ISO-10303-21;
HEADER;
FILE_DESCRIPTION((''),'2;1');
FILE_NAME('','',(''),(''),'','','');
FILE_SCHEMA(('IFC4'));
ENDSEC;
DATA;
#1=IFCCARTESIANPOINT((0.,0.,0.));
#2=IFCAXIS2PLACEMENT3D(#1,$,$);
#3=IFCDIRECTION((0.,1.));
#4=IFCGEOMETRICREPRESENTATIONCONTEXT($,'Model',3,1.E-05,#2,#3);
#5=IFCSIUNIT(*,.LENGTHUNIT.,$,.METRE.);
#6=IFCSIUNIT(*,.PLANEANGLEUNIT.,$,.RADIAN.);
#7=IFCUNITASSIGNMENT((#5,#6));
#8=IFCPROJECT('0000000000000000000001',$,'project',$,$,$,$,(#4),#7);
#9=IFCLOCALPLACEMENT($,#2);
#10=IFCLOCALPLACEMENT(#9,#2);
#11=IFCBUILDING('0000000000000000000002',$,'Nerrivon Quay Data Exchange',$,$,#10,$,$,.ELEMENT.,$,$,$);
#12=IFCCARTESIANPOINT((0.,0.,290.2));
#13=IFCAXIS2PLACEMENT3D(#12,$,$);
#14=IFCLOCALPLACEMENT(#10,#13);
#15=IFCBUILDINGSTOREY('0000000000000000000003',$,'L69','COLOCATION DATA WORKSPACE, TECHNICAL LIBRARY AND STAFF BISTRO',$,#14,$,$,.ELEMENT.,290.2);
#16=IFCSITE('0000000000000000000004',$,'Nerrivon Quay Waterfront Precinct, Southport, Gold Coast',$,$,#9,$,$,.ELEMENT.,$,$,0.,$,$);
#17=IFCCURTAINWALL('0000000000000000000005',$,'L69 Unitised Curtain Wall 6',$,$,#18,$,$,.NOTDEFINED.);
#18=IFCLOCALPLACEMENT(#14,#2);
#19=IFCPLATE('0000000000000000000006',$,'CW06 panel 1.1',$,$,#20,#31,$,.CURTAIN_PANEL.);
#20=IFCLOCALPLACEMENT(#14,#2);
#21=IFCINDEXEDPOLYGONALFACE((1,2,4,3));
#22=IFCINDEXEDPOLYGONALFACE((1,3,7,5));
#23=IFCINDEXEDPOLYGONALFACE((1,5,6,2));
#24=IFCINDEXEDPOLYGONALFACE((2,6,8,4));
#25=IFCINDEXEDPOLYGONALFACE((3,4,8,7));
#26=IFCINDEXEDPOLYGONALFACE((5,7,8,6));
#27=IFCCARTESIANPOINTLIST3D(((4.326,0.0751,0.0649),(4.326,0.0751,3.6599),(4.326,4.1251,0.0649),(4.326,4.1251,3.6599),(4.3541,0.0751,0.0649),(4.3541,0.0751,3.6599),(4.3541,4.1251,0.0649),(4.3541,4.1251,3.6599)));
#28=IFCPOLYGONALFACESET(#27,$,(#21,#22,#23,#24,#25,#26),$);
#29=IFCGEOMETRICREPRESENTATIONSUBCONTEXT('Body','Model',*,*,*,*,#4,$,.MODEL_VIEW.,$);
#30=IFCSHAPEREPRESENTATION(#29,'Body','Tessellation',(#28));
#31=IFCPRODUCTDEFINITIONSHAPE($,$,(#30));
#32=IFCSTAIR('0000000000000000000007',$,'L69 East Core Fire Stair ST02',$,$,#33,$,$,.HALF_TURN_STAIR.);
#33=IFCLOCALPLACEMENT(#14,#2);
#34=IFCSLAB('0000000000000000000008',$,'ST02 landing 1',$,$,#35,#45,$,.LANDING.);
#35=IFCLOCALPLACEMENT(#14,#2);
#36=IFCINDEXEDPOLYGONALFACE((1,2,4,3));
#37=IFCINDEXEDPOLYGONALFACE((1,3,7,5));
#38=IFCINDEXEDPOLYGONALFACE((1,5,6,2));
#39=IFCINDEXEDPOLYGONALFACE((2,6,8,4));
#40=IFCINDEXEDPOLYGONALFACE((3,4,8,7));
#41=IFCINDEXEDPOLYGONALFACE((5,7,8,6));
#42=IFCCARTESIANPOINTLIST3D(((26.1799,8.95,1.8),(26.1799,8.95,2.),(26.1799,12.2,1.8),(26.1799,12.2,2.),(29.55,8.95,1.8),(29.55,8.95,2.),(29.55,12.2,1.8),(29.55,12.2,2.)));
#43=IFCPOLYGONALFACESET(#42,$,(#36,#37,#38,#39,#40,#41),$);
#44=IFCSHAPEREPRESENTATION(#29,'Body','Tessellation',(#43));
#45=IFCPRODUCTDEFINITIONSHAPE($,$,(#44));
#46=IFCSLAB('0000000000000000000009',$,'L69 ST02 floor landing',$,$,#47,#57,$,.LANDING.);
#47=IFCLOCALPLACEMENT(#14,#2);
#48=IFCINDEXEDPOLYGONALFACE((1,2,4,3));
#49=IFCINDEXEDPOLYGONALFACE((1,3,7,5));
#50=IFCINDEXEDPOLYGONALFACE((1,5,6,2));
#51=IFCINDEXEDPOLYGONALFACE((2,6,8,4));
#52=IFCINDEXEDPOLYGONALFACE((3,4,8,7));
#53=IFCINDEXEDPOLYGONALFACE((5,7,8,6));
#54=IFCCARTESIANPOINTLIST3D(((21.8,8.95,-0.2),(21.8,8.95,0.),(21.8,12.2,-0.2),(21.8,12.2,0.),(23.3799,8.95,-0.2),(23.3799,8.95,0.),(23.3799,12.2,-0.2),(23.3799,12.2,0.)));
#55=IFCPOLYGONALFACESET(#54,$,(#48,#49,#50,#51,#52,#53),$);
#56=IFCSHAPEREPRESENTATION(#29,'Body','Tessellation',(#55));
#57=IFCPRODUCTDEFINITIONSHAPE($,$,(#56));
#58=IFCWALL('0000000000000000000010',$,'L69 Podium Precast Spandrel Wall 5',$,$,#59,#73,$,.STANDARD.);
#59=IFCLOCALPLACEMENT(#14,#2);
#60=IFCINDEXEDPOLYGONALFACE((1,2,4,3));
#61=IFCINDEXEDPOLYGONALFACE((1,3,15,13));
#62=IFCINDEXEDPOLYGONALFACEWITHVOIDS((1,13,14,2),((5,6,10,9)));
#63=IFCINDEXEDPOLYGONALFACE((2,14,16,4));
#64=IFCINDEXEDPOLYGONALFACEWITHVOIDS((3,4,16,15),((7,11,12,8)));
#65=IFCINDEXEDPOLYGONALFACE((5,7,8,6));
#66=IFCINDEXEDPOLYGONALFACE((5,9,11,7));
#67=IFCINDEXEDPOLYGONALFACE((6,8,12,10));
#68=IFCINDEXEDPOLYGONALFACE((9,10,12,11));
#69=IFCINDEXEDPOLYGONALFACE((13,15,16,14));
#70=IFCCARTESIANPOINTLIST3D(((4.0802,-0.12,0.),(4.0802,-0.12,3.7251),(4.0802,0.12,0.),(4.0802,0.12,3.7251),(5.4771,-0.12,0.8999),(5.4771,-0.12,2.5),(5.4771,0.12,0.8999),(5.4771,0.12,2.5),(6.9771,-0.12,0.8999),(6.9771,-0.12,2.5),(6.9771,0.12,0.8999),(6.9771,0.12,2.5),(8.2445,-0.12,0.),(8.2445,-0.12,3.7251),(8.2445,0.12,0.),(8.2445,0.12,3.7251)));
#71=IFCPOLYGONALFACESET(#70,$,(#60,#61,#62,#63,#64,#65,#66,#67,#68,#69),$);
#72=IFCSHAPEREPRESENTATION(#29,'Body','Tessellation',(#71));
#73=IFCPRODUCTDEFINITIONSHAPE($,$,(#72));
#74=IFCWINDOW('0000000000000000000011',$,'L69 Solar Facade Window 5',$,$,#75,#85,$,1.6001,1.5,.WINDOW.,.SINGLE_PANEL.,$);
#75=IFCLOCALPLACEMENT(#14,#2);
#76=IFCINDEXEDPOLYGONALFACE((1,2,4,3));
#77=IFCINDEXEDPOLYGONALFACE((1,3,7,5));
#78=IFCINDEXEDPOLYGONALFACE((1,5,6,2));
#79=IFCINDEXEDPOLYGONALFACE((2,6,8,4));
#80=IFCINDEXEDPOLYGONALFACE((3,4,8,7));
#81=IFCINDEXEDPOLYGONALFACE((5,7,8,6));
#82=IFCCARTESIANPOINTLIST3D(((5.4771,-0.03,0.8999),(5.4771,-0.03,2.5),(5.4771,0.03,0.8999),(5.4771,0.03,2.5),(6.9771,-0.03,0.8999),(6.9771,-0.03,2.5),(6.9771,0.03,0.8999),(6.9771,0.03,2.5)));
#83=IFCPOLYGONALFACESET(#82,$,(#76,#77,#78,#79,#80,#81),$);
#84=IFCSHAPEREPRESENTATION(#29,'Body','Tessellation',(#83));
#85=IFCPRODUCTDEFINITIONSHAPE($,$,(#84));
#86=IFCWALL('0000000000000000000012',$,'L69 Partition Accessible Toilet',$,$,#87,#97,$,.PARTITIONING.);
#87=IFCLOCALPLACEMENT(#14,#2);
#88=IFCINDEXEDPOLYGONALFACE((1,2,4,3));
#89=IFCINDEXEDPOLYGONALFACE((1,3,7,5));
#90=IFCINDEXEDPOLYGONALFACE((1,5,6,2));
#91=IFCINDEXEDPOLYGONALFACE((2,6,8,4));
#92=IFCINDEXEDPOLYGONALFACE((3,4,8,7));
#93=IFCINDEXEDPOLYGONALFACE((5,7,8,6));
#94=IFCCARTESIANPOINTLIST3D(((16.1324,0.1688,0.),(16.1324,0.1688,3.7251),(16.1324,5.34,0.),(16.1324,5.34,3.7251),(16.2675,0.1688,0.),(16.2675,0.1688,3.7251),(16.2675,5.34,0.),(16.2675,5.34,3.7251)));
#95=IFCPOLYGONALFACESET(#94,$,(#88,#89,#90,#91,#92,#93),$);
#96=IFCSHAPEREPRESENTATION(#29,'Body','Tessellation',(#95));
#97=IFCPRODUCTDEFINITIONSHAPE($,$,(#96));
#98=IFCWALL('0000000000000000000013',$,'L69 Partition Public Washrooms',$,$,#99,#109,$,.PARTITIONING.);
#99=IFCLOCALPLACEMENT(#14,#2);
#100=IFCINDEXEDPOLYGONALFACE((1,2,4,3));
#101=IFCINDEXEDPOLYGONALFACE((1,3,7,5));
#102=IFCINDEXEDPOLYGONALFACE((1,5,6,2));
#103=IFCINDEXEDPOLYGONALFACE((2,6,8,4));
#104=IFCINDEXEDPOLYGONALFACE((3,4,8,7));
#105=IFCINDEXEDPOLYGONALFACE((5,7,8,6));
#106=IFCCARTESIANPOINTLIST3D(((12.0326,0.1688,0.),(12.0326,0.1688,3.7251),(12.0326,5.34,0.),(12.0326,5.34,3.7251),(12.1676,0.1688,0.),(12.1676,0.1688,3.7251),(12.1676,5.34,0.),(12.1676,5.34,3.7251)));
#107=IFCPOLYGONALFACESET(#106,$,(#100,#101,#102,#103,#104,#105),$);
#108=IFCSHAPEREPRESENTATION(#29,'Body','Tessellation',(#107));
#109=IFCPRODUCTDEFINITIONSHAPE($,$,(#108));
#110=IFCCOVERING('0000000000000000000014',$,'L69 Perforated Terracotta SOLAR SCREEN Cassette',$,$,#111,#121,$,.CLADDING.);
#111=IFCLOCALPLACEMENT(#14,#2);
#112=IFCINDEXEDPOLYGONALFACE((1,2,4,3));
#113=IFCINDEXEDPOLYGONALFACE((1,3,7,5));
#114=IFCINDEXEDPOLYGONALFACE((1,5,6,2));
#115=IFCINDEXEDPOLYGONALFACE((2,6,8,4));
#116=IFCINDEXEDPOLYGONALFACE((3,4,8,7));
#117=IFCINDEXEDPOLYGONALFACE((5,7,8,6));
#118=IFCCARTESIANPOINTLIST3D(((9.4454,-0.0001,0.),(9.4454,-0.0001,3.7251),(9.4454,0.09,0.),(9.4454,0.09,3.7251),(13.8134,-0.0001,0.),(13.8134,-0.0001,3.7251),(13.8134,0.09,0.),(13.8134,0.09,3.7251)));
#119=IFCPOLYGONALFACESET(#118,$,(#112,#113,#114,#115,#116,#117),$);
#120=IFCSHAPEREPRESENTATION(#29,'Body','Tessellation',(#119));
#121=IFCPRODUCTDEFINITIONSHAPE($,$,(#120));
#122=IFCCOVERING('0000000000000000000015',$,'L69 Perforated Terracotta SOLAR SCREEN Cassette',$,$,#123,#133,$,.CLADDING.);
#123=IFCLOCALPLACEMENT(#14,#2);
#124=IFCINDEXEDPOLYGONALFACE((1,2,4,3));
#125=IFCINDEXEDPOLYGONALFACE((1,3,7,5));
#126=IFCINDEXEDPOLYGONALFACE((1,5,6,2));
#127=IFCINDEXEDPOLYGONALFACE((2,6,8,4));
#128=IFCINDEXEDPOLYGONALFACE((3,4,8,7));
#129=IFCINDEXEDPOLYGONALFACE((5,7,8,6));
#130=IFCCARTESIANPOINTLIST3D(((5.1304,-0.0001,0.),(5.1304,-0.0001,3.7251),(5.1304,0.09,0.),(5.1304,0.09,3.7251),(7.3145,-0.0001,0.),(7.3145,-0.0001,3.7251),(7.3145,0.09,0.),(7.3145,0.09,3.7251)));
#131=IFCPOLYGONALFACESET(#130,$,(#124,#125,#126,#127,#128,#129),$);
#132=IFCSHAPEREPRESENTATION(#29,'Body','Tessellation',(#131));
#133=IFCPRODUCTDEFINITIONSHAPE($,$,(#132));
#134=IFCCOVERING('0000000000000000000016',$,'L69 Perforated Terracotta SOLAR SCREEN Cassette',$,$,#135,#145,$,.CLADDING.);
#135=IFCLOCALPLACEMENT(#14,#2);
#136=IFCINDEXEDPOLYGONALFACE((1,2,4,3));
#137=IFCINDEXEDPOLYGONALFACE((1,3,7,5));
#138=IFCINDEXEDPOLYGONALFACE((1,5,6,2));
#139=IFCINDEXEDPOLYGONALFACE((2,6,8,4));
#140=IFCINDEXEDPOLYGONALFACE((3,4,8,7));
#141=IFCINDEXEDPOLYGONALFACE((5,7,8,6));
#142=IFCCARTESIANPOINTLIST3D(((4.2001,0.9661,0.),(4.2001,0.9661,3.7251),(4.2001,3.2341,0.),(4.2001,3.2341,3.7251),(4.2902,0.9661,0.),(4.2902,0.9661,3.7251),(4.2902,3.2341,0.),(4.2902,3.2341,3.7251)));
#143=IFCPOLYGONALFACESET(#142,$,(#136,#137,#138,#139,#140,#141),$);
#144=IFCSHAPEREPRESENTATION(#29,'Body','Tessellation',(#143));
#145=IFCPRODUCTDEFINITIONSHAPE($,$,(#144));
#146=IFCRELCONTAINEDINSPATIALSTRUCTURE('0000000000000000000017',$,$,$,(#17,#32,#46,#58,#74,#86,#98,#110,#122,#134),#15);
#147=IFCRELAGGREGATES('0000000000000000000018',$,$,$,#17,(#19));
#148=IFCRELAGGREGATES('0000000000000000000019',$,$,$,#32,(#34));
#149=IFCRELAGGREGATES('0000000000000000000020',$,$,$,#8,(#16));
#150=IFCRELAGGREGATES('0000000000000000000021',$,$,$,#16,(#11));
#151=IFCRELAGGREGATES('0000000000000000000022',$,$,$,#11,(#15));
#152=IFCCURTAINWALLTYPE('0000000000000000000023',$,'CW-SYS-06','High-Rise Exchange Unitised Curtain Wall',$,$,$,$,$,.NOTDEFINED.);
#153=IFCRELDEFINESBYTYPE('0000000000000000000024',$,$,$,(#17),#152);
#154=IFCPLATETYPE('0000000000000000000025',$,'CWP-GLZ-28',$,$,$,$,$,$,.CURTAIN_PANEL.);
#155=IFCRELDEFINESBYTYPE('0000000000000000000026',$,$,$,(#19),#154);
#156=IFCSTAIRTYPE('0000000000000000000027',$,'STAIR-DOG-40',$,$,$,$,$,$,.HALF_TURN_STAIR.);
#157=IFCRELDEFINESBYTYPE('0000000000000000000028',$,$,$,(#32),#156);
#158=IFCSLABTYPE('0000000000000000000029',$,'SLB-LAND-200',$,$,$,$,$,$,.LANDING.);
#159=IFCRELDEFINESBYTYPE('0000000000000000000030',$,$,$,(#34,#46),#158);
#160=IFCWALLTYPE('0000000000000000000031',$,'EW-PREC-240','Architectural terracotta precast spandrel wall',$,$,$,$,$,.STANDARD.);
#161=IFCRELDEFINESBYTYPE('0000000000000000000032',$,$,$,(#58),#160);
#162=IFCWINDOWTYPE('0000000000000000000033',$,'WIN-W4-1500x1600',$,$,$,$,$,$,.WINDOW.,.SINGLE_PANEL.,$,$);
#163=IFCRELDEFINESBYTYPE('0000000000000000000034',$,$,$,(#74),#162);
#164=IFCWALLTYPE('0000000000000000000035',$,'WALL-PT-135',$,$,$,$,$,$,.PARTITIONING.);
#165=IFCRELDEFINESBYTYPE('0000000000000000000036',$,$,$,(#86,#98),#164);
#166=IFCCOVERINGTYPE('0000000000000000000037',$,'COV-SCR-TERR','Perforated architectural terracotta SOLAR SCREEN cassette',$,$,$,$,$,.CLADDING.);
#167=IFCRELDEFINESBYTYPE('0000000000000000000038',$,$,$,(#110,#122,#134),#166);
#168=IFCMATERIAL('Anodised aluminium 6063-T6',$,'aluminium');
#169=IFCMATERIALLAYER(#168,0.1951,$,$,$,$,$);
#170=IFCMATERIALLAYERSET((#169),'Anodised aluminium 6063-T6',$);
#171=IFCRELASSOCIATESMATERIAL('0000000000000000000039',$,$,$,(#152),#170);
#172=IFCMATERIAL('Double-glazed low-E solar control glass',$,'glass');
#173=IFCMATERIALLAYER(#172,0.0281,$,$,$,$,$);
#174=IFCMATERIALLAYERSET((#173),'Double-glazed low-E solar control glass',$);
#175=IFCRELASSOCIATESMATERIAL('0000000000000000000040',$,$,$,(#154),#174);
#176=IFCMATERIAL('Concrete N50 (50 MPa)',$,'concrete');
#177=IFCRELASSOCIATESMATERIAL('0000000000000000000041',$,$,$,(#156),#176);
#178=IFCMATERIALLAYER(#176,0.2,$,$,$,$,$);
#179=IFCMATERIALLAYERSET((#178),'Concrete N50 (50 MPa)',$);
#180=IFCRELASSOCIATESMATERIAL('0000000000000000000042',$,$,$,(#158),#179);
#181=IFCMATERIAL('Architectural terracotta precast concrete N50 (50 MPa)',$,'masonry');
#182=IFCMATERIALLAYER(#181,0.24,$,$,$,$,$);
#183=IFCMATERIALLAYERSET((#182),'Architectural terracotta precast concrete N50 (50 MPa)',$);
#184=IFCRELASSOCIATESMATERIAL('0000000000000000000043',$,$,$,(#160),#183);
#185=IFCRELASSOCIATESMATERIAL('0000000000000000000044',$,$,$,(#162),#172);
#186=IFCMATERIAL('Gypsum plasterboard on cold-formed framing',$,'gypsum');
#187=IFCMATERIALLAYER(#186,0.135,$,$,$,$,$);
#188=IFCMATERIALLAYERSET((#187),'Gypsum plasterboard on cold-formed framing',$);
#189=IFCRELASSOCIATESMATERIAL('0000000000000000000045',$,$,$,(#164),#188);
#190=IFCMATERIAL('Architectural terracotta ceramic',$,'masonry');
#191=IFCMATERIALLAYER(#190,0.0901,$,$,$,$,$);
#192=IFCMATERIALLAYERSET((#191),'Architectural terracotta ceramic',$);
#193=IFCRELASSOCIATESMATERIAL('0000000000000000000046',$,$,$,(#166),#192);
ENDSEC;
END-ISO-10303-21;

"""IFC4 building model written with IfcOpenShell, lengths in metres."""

from ifc_helpers import new_model, si_unit, direction, frame, frame_2d, origin, origin_2d, place, context, subcontext, project, spatial, polyline, rectangle, outline, extrude, material, layer, layer_set, type_object, element, fill, aggregate, save


model = new_model("IFC4")

# Units and contexts
model_context = context("Model", 3, precision=1e-05, world=origin(), true_north=direction((0.0, 1.0)))
body_context = subcontext(model_context, "Body", "Model", "MODEL_VIEW")
ifc_project = project(units=[si_unit("LENGTHUNIT", "METRE"), si_unit("PLANEANGLEUNIT", "RADIAN")], contexts=[model_context])

# Site, building, storey
site_placement = place(None, origin())
site = spatial("IfcSite", under=ifc_project, at=site_placement, Name="Nerrivon Quay Waterfront Precinct, Southport, Gold Coast", CompositionType="ELEMENT", RefElevation=0.0)
building_placement = place(site_placement, origin())
building = spatial("IfcBuilding", under=site, at=building_placement, Name="Nerrivon Quay Data Exchange", CompositionType="ELEMENT")
storey_placement = place(building_placement, frame((0.0, 0.0, 290.2)))
storey = spatial("IfcBuildingStorey", under=building, at=storey_placement, Name="L69", Description="COLOCATION DATA WORKSPACE, TECHNICAL LIBRARY AND STAFF BISTRO", CompositionType="ELEMENT", Elevation=290.2)

# Curtain wall
ifc_material_1 = material(Name="Anodised aluminium 6063-T6", Category="aluminium")
ifc_layer_1 = layer(ifc_material_1, 0.1951)
ifc_layer_set_1 = layer_set([ifc_layer_1], Name="Anodised aluminium 6063-T6")
curtain_wall_type = type_object("IfcCurtainWallType", Name="CW-SYS-06", Description="High-Rise Exchange Unitised Curtain Wall", PredefinedType="NOTDEFINED", material=ifc_layer_set_1)
curtain_wall_1_placement = place(storey_placement, origin())
curtain_wall_1 = element("IfcCurtainWall", 1, at=curtain_wall_1_placement, inside=storey, type_object=curtain_wall_type, Name="L69 Unitised Curtain Wall 6", PredefinedType="NOTDEFINED")

# Plate
ifc_material_2 = material(Name="Double-glazed low-E solar control glass", Category="glass")
ifc_layer_2 = layer(ifc_material_2, 0.0281)
ifc_layer_set_2 = layer_set([ifc_layer_2], Name="Double-glazed low-E solar control glass")
plate_type = type_object("IfcPlateType", Name="CWP-GLZ-28", PredefinedType="CURTAIN_PANEL", material=ifc_layer_set_2)
plate_1_placement = place(storey_placement, frame((4.3401, 2.1001, 0.0649), z_axis=(0.0, 0.0, 1.0), x_axis=(0.0, 1.0, 0.0)))
plate_1 = element("IfcPlate", 2, at=plate_1_placement, type_object=plate_type, Name="CW06 panel 1.1", PredefinedType="CURTAIN_PANEL", context=body_context, shape_type="SweptSolid", body=[
    extrude(rectangle(XDim=4.05, YDim=0.0281, at=origin_2d()), origin(), (0.0, 0.0, 1.0), 3.595),
])
aggregate(curtain_wall_1, [plate_1])

# Stair, slab
ifc_material_3 = material(Name="Concrete N50 (50 MPa)", Category="concrete")
stair_type = type_object("IfcStairType", Name="STAIR-DOG-40", PredefinedType="HALF_TURN_STAIR", material=ifc_material_3)
stair_placement = place(storey_placement, origin())
stair = element("IfcStair", 3, at=stair_placement, inside=storey, type_object=stair_type, Name="L69 East Core Fire Stair ST02", PredefinedType="HALF_TURN_STAIR")
ifc_layer_3 = layer(ifc_material_3, 0.2)
ifc_layer_set_3 = layer_set([ifc_layer_3], Name="Concrete N50 (50 MPa)")
slab_type = type_object("IfcSlabType", Name="SLB-LAND-200", PredefinedType="LANDING", material=ifc_layer_set_3)
slab_1_placement = place(storey_placement, frame((0.0, 0.0, 1.8)))
slab_1 = element("IfcSlab", 4, at=slab_1_placement, type_object=slab_type, Name="ST02 landing 1", PredefinedType="LANDING", context=body_context, shape_type="SweptSolid", body=[
    extrude(outline(polyline([(26.1799, 8.95), (29.55, 8.95), (29.55, 12.2), (26.1799, 12.2), (26.1799, 8.95)])), origin(), (0.0, 0.0, 1.0), 0.2),
])
aggregate(stair, [slab_1])

# Slab
slab_2_placement = place(storey_placement, frame((0.0, 0.0, -0.2)))
element("IfcSlab", 5, at=slab_2_placement, inside=storey, type_object=slab_type, Name="L69 ST02 floor landing", PredefinedType="LANDING", context=body_context, shape_type="SweptSolid", body=[
    extrude(outline(polyline([(21.8, 8.95), (23.3799, 8.95), (23.3799, 12.2), (21.8, 12.2), (21.8, 8.95)])), origin(), (0.0, 0.0, 1.0), 0.2),
])

# Wall, opening, window
ifc_material_4 = material(Name="Architectural terracotta precast concrete N50 (50 MPa)", Category="masonry")
ifc_layer_4 = layer(ifc_material_4, 0.24)
ifc_layer_set_4 = layer_set([ifc_layer_4], Name="Architectural terracotta precast concrete N50 (50 MPa)")
wall_type_1 = type_object("IfcWallType", Name="EW-PREC-240", Description="Architectural terracotta precast spandrel wall", PredefinedType="STANDARD", material=ifc_layer_set_4)
wall_placement = place(storey_placement, frame((8.2444, 0.0, 0.0), z_axis=(0.0, 0.0, 1.0), x_axis=(-1.0, 0.0, 0.0)))
wall = element("IfcWall", 6, at=wall_placement, inside=storey, type_object=wall_type_1, Name="L69 Podium Precast Spandrel Wall 5", PredefinedType="STANDARD", context=body_context, shape_type="SweptSolid", body=[
    extrude(rectangle(XDim=4.1643, YDim=0.24, at=frame_2d((2.082, 0.0))), origin(), (0.0, 0.0, 1.0), 3.7251),
])
opening_placement = place(wall_placement, frame((1.2673, 0.0, 0.8999)))
opening = element("IfcOpeningElement", 7, at=opening_placement, cuts=wall, PredefinedType="OPENING", context=body_context, shape_type="SweptSolid", body=[
    extrude(rectangle(XDim=1.5, YDim=1.6001, at=frame_2d((0.75, 0.8))), frame((0.0, 0.1299, 0.0), z_axis=(0.0, -1.0, 0.0), x_axis=(1.0, 0.0, 0.0)), (0.0, 0.0, 1.0), 0.26),
])
window_type = type_object("IfcWindowType", Name="WIN-W4-1500x1600", PartitioningType="SINGLE_PANEL", PredefinedType="WINDOW", material=ifc_material_2)
window_placement = place(opening_placement, origin())
window = element("IfcWindow", 8, at=window_placement, inside=storey, type_object=window_type, Name="L69 Solar Facade Window 5", OverallHeight=1.6001, OverallWidth=1.5, PartitioningType="SINGLE_PANEL", PredefinedType="WINDOW", context=body_context, shape_type="SweptSolid", body=[
    extrude(rectangle(XDim=1.5, YDim=1.6001, at=frame_2d((0.75, 0.8))), frame((0.0, 0.03, 0.0), z_axis=(0.0, -1.0, 0.0), x_axis=(1.0, 0.0, 0.0)), (0.0, 0.0, 1.0), 0.0601),
])
fill(opening, window)

# Walls
ifc_material_5 = material(Name="Gypsum plasterboard on cold-formed framing", Category="gypsum")
ifc_layer_5 = layer(ifc_material_5, 0.135)
ifc_layer_set_5 = layer_set([ifc_layer_5], Name="Gypsum plasterboard on cold-formed framing")
wall_type_2 = type_object("IfcWallType", Name="WALL-PT-135", PredefinedType="PARTITIONING", material=ifc_layer_set_5)
for number, where, z_axis, x_axis, name in (
    (9, (16.2, 0.1689, 0.0), (0.0, 0.0, 1.0), (0.0, 1.0, 0.0), "L69 Partition Accessible Toilet"),
    (10, (12.1001, 0.1689, 0.0), (0.0, 0.0, 1.0), (0.0, 1.0, 0.0), "L69 Partition Public Washrooms"),
):
    element("IfcWall", number, at=place(storey_placement, frame(where, z_axis=z_axis, x_axis=x_axis)), inside=storey, type_object=wall_type_2, Name=name, PredefinedType="PARTITIONING", context=body_context, shape_type="SweptSolid", body=[
        extrude(rectangle(XDim=5.1711, YDim=0.135, at=frame_2d((2.5854, 0.0))), origin(), (0.0, 0.0, 1.0), 3.7251),
    ])

# Coverings
ifc_material_6 = material(Name="Architectural terracotta ceramic", Category="masonry")
ifc_layer_6 = layer(ifc_material_6, 0.0901)
ifc_layer_set_6 = layer_set([ifc_layer_6], Name="Architectural terracotta ceramic")
covering_type = type_object("IfcCoveringType", Name="COV-SCR-TERR", Description="Perforated architectural terracotta SOLAR SCREEN cassette", PredefinedType="CLADDING", material=ifc_layer_set_6)
covering_1_placement = place(storey_placement, frame((11.6294, 0.0449, 0.0), z_axis=(0.0, 0.0, 1.0), x_axis=(-1.0, 0.0, 0.0)))
element("IfcCovering", 11, at=covering_1_placement, inside=storey, type_object=covering_type, Name="L69 Perforated Terracotta SOLAR SCREEN Cassette", PredefinedType="CLADDING", context=body_context, shape_type="SweptSolid", body=[
    extrude(rectangle(XDim=4.3679, YDim=0.0901, at=origin_2d()), origin(), (0.0, 0.0, 1.0), 3.7251),
])
covering_2_placement = place(storey_placement, frame((6.2224, 0.0449, 0.0), z_axis=(0.0, 0.0, 1.0), x_axis=(-1.0, 0.0, 0.0)))
element("IfcCovering", 12, at=covering_2_placement, inside=storey, type_object=covering_type, Name="L69 Perforated Terracotta SOLAR SCREEN Cassette", PredefinedType="CLADDING", context=body_context, shape_type="SweptSolid", body=[
    extrude(rectangle(XDim=2.1841, YDim=0.0901, at=origin_2d()), origin(), (0.0, 0.0, 1.0), 3.7251),
])
covering_3_placement = place(storey_placement, frame((4.2451, 2.1001, 0.0), z_axis=(0.0, 0.0, 1.0), x_axis=(0.0, 1.0, 0.0)))
element("IfcCovering", 13, at=covering_3_placement, inside=storey, type_object=covering_type, Name="L69 Perforated Terracotta SOLAR SCREEN Cassette", PredefinedType="CLADDING", context=body_context, shape_type="SweptSolid", body=[
    extrude(rectangle(XDim=2.2681, YDim=0.0901, at=origin_2d()), origin(), (0.0, 0.0, 1.0), 3.7251),
])

save(model, "model.ifc")
